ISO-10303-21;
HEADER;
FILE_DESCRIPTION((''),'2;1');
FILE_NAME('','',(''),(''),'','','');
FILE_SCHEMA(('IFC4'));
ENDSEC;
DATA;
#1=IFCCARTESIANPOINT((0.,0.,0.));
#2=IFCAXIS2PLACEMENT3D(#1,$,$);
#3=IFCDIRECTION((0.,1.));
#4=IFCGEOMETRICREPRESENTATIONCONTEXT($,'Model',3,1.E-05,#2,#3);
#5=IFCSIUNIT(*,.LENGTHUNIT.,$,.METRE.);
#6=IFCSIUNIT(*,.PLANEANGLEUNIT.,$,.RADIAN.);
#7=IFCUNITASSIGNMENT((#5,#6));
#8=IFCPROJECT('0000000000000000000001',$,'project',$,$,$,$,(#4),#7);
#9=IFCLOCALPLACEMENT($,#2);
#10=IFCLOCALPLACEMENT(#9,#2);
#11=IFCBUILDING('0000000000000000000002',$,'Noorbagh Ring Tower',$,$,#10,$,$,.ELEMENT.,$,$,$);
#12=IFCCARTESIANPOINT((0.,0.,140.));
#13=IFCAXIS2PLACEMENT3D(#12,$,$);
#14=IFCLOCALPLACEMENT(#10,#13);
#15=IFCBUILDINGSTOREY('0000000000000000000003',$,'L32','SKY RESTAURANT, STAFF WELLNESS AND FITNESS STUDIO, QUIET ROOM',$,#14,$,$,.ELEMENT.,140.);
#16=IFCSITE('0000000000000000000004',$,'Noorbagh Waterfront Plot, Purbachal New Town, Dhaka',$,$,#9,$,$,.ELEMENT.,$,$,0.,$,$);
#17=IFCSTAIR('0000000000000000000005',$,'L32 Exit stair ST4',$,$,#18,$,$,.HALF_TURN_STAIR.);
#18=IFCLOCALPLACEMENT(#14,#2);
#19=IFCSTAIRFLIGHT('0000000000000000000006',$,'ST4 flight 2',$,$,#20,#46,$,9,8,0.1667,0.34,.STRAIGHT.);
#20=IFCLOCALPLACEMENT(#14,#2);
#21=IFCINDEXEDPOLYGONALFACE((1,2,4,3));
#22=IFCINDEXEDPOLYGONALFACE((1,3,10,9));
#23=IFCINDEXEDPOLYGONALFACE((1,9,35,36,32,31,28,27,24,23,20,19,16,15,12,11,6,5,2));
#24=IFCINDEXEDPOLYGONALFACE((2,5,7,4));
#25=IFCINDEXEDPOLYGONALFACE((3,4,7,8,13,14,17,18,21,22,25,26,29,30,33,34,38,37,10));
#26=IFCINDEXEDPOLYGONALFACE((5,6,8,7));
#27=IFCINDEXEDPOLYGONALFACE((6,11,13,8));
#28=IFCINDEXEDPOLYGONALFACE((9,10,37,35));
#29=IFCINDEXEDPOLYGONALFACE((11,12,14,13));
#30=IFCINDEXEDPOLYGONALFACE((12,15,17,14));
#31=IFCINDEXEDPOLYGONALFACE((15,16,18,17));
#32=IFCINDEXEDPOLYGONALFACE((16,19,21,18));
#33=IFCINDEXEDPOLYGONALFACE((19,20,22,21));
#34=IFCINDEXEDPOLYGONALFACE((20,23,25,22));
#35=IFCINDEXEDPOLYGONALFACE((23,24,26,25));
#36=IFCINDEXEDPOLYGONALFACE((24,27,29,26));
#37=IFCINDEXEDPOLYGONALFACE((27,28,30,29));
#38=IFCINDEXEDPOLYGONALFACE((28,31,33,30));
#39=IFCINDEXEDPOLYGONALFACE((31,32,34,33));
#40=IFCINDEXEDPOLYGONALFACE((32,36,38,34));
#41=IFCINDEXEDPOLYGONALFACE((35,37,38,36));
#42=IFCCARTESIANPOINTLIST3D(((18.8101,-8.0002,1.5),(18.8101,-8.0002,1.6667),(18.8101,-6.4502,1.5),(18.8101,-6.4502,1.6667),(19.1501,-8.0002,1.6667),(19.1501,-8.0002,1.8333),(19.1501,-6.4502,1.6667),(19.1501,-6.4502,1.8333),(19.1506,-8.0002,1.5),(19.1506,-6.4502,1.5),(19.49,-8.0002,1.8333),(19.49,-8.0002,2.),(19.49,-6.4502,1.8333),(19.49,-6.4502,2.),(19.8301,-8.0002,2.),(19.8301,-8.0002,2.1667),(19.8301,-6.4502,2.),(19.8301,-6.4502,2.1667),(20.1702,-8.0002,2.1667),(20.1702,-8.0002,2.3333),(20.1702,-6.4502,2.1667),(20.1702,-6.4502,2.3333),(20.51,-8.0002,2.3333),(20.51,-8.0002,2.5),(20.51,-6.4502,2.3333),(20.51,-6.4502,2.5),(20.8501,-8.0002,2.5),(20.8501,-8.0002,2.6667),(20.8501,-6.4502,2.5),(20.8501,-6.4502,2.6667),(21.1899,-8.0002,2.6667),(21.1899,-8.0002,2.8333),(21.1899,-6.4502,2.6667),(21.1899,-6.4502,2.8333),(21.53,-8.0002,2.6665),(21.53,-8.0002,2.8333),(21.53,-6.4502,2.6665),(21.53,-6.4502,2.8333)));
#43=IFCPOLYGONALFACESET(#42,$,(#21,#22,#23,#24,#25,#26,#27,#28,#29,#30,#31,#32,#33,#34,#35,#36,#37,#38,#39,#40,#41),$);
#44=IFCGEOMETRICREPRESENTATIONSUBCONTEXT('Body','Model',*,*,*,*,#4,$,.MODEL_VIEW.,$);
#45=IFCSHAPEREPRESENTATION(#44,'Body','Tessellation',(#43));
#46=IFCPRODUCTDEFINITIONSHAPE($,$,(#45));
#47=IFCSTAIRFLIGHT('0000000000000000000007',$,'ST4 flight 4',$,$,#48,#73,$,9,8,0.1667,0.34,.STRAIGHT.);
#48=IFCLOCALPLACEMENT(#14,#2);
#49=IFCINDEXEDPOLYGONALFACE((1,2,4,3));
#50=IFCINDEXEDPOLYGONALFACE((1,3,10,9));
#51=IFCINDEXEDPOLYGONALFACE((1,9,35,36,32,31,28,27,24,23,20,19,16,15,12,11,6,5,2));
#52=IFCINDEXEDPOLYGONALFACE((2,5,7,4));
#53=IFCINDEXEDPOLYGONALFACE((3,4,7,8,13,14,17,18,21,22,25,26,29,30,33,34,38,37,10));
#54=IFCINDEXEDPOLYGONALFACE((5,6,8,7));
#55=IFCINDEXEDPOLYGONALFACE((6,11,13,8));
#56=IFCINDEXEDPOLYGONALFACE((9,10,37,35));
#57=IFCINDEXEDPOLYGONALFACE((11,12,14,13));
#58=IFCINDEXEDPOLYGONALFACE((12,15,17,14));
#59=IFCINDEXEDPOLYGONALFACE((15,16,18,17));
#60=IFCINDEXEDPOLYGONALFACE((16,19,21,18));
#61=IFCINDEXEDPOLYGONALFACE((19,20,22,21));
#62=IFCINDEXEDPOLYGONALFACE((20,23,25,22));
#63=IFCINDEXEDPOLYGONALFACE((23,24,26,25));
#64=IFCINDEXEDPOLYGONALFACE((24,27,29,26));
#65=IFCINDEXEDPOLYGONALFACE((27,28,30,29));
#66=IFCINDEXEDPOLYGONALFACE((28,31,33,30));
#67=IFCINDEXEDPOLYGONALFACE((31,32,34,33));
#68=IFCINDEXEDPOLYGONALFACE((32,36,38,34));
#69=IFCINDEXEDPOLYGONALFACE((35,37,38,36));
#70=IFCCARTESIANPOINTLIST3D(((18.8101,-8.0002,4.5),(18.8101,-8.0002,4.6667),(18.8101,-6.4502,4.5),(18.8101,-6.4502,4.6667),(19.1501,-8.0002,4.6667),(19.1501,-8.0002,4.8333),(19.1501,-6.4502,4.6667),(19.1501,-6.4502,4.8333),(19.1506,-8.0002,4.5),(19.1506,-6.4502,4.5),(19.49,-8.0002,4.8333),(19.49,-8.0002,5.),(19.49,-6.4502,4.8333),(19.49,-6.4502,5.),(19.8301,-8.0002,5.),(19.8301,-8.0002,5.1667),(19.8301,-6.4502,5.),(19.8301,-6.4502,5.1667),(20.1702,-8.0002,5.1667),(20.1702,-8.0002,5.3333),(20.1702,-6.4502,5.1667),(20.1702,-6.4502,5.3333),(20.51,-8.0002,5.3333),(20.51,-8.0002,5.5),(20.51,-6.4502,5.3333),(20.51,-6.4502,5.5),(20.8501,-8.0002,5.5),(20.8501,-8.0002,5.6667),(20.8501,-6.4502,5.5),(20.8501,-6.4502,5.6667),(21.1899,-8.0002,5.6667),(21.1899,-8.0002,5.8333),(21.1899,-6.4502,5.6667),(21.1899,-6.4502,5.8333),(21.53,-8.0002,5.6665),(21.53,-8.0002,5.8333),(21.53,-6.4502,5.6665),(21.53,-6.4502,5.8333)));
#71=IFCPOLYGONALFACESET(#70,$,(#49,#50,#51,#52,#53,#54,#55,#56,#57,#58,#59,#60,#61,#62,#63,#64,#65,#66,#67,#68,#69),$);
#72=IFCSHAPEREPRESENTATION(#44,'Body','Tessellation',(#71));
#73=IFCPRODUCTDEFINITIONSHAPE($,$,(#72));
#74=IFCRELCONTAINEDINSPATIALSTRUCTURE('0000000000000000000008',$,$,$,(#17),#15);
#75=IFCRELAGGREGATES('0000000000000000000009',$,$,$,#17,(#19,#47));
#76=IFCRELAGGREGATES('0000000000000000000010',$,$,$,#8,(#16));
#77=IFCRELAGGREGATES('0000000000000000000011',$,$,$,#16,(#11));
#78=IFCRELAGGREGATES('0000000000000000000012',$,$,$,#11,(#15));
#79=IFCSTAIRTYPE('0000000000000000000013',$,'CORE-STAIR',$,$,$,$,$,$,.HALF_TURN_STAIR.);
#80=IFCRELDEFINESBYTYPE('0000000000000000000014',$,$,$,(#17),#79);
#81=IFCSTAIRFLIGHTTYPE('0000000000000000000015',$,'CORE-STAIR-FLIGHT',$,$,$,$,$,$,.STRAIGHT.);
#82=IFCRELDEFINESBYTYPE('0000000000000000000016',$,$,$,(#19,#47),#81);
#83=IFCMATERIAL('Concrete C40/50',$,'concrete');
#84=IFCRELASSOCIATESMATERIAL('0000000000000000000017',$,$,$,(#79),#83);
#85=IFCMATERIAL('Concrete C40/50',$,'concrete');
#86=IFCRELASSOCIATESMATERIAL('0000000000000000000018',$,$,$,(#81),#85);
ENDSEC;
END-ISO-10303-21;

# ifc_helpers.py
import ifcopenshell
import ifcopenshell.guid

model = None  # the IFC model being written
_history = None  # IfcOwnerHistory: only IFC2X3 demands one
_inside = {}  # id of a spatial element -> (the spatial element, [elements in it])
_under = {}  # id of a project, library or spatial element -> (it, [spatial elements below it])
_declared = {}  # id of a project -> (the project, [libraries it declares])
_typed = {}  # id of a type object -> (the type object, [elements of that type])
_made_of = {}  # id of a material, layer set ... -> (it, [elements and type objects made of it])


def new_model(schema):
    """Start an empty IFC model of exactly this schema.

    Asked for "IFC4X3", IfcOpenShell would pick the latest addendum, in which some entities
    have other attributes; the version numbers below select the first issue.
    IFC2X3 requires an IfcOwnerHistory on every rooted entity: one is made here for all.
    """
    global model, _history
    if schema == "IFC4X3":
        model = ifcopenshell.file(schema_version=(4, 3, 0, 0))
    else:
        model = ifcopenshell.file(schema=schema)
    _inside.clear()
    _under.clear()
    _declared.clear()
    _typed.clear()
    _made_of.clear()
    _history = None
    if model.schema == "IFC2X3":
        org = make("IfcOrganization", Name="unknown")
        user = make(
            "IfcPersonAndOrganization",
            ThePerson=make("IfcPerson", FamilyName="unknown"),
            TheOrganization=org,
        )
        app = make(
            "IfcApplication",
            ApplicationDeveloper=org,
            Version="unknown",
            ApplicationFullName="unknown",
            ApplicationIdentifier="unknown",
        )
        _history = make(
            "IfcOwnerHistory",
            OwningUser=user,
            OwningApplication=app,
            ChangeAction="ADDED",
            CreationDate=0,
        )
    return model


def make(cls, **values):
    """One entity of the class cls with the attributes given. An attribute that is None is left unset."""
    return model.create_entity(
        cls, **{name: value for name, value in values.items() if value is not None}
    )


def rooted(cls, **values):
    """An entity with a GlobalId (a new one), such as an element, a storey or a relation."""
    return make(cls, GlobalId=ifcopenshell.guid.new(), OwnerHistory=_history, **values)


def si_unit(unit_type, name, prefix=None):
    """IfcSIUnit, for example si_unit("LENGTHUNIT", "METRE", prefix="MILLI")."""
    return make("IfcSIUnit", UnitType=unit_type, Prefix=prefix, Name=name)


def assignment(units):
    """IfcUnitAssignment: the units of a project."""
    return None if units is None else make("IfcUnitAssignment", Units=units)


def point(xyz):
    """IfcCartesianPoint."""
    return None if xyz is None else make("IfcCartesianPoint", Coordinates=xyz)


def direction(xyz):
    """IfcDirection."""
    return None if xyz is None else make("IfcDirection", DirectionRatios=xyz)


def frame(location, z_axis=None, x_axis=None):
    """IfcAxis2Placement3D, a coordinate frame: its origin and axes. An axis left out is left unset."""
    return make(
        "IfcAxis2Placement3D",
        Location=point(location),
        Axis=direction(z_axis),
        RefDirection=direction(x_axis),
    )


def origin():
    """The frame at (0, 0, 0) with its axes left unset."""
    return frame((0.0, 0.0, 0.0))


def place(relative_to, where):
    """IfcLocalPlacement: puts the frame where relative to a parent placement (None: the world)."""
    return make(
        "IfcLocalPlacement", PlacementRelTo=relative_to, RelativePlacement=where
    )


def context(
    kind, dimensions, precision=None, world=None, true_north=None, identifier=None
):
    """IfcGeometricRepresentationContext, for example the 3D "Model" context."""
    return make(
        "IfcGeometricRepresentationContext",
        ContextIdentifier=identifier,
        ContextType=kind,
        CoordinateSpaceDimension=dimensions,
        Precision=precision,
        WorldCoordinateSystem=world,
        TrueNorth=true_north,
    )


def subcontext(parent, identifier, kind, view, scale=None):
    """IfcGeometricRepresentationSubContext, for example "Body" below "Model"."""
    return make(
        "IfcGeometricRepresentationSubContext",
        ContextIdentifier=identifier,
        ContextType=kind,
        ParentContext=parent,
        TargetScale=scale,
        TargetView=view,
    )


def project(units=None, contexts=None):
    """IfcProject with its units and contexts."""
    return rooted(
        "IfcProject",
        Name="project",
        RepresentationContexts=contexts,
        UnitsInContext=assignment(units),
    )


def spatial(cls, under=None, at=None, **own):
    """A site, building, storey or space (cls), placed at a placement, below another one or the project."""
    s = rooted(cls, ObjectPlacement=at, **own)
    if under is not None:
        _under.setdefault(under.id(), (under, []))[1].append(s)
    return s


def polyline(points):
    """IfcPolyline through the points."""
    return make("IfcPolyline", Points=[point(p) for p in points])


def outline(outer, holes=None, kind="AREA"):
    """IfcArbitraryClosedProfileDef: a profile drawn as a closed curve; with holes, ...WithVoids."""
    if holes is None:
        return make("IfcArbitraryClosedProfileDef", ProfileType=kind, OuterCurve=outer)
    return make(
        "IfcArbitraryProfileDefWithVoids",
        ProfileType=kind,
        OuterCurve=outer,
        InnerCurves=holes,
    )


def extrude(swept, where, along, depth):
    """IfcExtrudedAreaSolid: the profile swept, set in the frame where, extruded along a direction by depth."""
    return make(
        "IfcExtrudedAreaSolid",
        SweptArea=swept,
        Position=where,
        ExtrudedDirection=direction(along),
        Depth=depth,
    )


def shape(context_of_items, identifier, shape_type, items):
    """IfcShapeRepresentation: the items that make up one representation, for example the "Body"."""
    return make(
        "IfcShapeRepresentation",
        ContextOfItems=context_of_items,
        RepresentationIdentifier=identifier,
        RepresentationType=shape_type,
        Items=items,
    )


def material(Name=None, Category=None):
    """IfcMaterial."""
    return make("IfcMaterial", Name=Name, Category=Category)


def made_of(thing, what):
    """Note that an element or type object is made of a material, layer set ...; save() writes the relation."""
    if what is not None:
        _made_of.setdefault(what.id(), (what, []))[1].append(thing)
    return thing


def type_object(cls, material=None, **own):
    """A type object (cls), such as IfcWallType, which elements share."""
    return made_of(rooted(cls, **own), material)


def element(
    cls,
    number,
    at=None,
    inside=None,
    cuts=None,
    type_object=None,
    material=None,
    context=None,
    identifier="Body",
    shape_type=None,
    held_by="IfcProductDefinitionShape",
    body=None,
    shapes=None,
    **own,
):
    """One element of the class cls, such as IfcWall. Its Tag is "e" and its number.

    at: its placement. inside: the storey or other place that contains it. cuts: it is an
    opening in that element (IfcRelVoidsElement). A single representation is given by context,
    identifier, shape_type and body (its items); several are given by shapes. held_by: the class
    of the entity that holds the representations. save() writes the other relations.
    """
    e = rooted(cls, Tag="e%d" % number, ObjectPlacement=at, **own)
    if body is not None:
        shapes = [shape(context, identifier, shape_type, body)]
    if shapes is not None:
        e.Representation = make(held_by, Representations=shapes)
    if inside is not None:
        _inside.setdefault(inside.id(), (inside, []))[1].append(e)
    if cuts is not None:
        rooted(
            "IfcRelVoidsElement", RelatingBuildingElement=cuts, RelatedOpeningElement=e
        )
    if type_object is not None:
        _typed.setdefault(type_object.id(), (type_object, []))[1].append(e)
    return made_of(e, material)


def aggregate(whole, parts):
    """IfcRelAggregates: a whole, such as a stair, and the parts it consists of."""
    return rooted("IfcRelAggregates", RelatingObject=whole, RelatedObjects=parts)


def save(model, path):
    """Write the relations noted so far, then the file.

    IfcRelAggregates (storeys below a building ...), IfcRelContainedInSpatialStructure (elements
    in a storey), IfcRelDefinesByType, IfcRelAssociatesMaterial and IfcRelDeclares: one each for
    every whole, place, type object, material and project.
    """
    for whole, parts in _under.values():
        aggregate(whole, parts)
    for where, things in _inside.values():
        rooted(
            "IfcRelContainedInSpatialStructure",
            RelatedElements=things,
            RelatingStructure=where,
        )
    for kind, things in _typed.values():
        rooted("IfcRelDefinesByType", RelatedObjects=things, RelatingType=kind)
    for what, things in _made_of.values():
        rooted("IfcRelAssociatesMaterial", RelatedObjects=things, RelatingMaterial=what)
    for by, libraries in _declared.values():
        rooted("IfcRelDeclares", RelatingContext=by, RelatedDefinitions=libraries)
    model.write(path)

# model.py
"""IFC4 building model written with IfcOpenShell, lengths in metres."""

from ifc_helpers import new_model, si_unit, direction, frame, origin, place, context, subcontext, project, spatial, polyline, outline, extrude, material, type_object, element, aggregate, save


model = new_model("IFC4")

# Units and contexts
model_context = context("Model", 3, precision=1e-05, world=origin(), true_north=direction((0.0, 1.0)))
body_context = subcontext(model_context, "Body", "Model", "MODEL_VIEW")
ifc_project = project(units=[si_unit("LENGTHUNIT", "METRE"), si_unit("PLANEANGLEUNIT", "RADIAN")], contexts=[model_context])

# Site, building, storey
site_placement = place(None, origin())
site = spatial("IfcSite", under=ifc_project, at=site_placement, Name="Noorbagh Waterfront Plot, Purbachal New Town, Dhaka", CompositionType="ELEMENT", RefElevation=0.0)
building_placement = place(site_placement, origin())
building = spatial("IfcBuilding", under=site, at=building_placement, Name="Noorbagh Ring Tower", CompositionType="ELEMENT")
storey_placement = place(building_placement, frame((0.0, 0.0, 140.0)))
storey = spatial("IfcBuildingStorey", under=building, at=storey_placement, Name="L32", Description="SKY RESTAURANT, STAFF WELLNESS AND FITNESS STUDIO, QUIET ROOM", CompositionType="ELEMENT", Elevation=140.0)

# Stair, stair flights
ifc_material_1 = material(Name="Concrete C40/50", Category="concrete")
stair_type = type_object("IfcStairType", Name="CORE-STAIR", PredefinedType="HALF_TURN_STAIR", material=ifc_material_1)
stair_placement = place(storey_placement, origin())
stair = element("IfcStair", 1, at=stair_placement, inside=storey, type_object=stair_type, Name="L32 Exit stair ST4", PredefinedType="HALF_TURN_STAIR")
ifc_material_2 = material(Name="Concrete C40/50", Category="concrete")
stair_flight_type = type_object("IfcStairFlightType", Name="CORE-STAIR-FLIGHT", PredefinedType="STRAIGHT", material=ifc_material_2)
stair_flight_1_placement = place(storey_placement, frame((18.8101, -7.2251, 1.5), z_axis=(0.0, 0.0, 1.0), x_axis=(1.0, 0.0, 0.0)))
stair_flight_1 = element("IfcStairFlight", 2, at=stair_flight_1_placement, type_object=stair_flight_type, Name="ST4 flight 2", NumberOfRisers=9, NumberOfTreads=8, PredefinedType="STRAIGHT", RiserHeight=0.1667, TreadLength=0.34, context=body_context, shape_type="SweptSolid", body=[
    extrude(outline(polyline([(0.0, 0.0), (0.0, 0.1667), (0.3401, 0.1667), (0.3401, 0.3333), (0.6799, 0.3333), (0.6799, 0.5), (1.02, 0.5), (1.02, 0.6667), (1.3601, 0.6667), (1.3601, 0.8333), (1.7, 0.8333), (1.7, 1.0), (2.04, 1.0), (2.04, 1.1667), (2.3799, 1.1667), (2.3799, 1.3333), (2.72, 1.3333), (2.72, 1.5), (2.72, 1.1665), (0.3406, 0.0), (0.0, 0.0)])), frame((0.0, 0.7749, 0.0), z_axis=(0.0, -1.0, 0.0), x_axis=(1.0, 0.0, 0.0)), (0.0, 0.0, 1.0), 1.55),
])
stair_flight_2_placement = place(storey_placement, frame((18.8101, -7.2251, 4.5), z_axis=(0.0, 0.0, 1.0), x_axis=(1.0, 0.0, 0.0)))
stair_flight_2 = element("IfcStairFlight", 3, at=stair_flight_2_placement, type_object=stair_flight_type, Name="ST4 flight 4", NumberOfRisers=9, NumberOfTreads=8, PredefinedType="STRAIGHT", RiserHeight=0.1667, TreadLength=0.34, context=body_context, shape_type="SweptSolid", body=[
    extrude(outline(polyline([(0.0, 0.0), (0.0, 0.1667), (0.3401, 0.1667), (0.3401, 0.3333), (0.6799, 0.3333), (0.6799, 0.5), (1.02, 0.5), (1.02, 0.6667), (1.3601, 0.6667), (1.3601, 0.8333), (1.7, 0.8333), (1.7, 1.0), (2.04, 1.0), (2.04, 1.1667), (2.3799, 1.1667), (2.3799, 1.3333), (2.72, 1.3333), (2.72, 1.5), (2.72, 1.1665), (0.3406, 0.0), (0.0, 0.0)])), frame((0.0, 0.7749, 0.0), z_axis=(0.0, -1.0, 0.0), x_axis=(1.0, 0.0, 0.0)), (0.0, 0.0, 1.0), 1.55),
])
aggregate(stair, [stair_flight_1, stair_flight_2])

save(model, "model.ifc")
